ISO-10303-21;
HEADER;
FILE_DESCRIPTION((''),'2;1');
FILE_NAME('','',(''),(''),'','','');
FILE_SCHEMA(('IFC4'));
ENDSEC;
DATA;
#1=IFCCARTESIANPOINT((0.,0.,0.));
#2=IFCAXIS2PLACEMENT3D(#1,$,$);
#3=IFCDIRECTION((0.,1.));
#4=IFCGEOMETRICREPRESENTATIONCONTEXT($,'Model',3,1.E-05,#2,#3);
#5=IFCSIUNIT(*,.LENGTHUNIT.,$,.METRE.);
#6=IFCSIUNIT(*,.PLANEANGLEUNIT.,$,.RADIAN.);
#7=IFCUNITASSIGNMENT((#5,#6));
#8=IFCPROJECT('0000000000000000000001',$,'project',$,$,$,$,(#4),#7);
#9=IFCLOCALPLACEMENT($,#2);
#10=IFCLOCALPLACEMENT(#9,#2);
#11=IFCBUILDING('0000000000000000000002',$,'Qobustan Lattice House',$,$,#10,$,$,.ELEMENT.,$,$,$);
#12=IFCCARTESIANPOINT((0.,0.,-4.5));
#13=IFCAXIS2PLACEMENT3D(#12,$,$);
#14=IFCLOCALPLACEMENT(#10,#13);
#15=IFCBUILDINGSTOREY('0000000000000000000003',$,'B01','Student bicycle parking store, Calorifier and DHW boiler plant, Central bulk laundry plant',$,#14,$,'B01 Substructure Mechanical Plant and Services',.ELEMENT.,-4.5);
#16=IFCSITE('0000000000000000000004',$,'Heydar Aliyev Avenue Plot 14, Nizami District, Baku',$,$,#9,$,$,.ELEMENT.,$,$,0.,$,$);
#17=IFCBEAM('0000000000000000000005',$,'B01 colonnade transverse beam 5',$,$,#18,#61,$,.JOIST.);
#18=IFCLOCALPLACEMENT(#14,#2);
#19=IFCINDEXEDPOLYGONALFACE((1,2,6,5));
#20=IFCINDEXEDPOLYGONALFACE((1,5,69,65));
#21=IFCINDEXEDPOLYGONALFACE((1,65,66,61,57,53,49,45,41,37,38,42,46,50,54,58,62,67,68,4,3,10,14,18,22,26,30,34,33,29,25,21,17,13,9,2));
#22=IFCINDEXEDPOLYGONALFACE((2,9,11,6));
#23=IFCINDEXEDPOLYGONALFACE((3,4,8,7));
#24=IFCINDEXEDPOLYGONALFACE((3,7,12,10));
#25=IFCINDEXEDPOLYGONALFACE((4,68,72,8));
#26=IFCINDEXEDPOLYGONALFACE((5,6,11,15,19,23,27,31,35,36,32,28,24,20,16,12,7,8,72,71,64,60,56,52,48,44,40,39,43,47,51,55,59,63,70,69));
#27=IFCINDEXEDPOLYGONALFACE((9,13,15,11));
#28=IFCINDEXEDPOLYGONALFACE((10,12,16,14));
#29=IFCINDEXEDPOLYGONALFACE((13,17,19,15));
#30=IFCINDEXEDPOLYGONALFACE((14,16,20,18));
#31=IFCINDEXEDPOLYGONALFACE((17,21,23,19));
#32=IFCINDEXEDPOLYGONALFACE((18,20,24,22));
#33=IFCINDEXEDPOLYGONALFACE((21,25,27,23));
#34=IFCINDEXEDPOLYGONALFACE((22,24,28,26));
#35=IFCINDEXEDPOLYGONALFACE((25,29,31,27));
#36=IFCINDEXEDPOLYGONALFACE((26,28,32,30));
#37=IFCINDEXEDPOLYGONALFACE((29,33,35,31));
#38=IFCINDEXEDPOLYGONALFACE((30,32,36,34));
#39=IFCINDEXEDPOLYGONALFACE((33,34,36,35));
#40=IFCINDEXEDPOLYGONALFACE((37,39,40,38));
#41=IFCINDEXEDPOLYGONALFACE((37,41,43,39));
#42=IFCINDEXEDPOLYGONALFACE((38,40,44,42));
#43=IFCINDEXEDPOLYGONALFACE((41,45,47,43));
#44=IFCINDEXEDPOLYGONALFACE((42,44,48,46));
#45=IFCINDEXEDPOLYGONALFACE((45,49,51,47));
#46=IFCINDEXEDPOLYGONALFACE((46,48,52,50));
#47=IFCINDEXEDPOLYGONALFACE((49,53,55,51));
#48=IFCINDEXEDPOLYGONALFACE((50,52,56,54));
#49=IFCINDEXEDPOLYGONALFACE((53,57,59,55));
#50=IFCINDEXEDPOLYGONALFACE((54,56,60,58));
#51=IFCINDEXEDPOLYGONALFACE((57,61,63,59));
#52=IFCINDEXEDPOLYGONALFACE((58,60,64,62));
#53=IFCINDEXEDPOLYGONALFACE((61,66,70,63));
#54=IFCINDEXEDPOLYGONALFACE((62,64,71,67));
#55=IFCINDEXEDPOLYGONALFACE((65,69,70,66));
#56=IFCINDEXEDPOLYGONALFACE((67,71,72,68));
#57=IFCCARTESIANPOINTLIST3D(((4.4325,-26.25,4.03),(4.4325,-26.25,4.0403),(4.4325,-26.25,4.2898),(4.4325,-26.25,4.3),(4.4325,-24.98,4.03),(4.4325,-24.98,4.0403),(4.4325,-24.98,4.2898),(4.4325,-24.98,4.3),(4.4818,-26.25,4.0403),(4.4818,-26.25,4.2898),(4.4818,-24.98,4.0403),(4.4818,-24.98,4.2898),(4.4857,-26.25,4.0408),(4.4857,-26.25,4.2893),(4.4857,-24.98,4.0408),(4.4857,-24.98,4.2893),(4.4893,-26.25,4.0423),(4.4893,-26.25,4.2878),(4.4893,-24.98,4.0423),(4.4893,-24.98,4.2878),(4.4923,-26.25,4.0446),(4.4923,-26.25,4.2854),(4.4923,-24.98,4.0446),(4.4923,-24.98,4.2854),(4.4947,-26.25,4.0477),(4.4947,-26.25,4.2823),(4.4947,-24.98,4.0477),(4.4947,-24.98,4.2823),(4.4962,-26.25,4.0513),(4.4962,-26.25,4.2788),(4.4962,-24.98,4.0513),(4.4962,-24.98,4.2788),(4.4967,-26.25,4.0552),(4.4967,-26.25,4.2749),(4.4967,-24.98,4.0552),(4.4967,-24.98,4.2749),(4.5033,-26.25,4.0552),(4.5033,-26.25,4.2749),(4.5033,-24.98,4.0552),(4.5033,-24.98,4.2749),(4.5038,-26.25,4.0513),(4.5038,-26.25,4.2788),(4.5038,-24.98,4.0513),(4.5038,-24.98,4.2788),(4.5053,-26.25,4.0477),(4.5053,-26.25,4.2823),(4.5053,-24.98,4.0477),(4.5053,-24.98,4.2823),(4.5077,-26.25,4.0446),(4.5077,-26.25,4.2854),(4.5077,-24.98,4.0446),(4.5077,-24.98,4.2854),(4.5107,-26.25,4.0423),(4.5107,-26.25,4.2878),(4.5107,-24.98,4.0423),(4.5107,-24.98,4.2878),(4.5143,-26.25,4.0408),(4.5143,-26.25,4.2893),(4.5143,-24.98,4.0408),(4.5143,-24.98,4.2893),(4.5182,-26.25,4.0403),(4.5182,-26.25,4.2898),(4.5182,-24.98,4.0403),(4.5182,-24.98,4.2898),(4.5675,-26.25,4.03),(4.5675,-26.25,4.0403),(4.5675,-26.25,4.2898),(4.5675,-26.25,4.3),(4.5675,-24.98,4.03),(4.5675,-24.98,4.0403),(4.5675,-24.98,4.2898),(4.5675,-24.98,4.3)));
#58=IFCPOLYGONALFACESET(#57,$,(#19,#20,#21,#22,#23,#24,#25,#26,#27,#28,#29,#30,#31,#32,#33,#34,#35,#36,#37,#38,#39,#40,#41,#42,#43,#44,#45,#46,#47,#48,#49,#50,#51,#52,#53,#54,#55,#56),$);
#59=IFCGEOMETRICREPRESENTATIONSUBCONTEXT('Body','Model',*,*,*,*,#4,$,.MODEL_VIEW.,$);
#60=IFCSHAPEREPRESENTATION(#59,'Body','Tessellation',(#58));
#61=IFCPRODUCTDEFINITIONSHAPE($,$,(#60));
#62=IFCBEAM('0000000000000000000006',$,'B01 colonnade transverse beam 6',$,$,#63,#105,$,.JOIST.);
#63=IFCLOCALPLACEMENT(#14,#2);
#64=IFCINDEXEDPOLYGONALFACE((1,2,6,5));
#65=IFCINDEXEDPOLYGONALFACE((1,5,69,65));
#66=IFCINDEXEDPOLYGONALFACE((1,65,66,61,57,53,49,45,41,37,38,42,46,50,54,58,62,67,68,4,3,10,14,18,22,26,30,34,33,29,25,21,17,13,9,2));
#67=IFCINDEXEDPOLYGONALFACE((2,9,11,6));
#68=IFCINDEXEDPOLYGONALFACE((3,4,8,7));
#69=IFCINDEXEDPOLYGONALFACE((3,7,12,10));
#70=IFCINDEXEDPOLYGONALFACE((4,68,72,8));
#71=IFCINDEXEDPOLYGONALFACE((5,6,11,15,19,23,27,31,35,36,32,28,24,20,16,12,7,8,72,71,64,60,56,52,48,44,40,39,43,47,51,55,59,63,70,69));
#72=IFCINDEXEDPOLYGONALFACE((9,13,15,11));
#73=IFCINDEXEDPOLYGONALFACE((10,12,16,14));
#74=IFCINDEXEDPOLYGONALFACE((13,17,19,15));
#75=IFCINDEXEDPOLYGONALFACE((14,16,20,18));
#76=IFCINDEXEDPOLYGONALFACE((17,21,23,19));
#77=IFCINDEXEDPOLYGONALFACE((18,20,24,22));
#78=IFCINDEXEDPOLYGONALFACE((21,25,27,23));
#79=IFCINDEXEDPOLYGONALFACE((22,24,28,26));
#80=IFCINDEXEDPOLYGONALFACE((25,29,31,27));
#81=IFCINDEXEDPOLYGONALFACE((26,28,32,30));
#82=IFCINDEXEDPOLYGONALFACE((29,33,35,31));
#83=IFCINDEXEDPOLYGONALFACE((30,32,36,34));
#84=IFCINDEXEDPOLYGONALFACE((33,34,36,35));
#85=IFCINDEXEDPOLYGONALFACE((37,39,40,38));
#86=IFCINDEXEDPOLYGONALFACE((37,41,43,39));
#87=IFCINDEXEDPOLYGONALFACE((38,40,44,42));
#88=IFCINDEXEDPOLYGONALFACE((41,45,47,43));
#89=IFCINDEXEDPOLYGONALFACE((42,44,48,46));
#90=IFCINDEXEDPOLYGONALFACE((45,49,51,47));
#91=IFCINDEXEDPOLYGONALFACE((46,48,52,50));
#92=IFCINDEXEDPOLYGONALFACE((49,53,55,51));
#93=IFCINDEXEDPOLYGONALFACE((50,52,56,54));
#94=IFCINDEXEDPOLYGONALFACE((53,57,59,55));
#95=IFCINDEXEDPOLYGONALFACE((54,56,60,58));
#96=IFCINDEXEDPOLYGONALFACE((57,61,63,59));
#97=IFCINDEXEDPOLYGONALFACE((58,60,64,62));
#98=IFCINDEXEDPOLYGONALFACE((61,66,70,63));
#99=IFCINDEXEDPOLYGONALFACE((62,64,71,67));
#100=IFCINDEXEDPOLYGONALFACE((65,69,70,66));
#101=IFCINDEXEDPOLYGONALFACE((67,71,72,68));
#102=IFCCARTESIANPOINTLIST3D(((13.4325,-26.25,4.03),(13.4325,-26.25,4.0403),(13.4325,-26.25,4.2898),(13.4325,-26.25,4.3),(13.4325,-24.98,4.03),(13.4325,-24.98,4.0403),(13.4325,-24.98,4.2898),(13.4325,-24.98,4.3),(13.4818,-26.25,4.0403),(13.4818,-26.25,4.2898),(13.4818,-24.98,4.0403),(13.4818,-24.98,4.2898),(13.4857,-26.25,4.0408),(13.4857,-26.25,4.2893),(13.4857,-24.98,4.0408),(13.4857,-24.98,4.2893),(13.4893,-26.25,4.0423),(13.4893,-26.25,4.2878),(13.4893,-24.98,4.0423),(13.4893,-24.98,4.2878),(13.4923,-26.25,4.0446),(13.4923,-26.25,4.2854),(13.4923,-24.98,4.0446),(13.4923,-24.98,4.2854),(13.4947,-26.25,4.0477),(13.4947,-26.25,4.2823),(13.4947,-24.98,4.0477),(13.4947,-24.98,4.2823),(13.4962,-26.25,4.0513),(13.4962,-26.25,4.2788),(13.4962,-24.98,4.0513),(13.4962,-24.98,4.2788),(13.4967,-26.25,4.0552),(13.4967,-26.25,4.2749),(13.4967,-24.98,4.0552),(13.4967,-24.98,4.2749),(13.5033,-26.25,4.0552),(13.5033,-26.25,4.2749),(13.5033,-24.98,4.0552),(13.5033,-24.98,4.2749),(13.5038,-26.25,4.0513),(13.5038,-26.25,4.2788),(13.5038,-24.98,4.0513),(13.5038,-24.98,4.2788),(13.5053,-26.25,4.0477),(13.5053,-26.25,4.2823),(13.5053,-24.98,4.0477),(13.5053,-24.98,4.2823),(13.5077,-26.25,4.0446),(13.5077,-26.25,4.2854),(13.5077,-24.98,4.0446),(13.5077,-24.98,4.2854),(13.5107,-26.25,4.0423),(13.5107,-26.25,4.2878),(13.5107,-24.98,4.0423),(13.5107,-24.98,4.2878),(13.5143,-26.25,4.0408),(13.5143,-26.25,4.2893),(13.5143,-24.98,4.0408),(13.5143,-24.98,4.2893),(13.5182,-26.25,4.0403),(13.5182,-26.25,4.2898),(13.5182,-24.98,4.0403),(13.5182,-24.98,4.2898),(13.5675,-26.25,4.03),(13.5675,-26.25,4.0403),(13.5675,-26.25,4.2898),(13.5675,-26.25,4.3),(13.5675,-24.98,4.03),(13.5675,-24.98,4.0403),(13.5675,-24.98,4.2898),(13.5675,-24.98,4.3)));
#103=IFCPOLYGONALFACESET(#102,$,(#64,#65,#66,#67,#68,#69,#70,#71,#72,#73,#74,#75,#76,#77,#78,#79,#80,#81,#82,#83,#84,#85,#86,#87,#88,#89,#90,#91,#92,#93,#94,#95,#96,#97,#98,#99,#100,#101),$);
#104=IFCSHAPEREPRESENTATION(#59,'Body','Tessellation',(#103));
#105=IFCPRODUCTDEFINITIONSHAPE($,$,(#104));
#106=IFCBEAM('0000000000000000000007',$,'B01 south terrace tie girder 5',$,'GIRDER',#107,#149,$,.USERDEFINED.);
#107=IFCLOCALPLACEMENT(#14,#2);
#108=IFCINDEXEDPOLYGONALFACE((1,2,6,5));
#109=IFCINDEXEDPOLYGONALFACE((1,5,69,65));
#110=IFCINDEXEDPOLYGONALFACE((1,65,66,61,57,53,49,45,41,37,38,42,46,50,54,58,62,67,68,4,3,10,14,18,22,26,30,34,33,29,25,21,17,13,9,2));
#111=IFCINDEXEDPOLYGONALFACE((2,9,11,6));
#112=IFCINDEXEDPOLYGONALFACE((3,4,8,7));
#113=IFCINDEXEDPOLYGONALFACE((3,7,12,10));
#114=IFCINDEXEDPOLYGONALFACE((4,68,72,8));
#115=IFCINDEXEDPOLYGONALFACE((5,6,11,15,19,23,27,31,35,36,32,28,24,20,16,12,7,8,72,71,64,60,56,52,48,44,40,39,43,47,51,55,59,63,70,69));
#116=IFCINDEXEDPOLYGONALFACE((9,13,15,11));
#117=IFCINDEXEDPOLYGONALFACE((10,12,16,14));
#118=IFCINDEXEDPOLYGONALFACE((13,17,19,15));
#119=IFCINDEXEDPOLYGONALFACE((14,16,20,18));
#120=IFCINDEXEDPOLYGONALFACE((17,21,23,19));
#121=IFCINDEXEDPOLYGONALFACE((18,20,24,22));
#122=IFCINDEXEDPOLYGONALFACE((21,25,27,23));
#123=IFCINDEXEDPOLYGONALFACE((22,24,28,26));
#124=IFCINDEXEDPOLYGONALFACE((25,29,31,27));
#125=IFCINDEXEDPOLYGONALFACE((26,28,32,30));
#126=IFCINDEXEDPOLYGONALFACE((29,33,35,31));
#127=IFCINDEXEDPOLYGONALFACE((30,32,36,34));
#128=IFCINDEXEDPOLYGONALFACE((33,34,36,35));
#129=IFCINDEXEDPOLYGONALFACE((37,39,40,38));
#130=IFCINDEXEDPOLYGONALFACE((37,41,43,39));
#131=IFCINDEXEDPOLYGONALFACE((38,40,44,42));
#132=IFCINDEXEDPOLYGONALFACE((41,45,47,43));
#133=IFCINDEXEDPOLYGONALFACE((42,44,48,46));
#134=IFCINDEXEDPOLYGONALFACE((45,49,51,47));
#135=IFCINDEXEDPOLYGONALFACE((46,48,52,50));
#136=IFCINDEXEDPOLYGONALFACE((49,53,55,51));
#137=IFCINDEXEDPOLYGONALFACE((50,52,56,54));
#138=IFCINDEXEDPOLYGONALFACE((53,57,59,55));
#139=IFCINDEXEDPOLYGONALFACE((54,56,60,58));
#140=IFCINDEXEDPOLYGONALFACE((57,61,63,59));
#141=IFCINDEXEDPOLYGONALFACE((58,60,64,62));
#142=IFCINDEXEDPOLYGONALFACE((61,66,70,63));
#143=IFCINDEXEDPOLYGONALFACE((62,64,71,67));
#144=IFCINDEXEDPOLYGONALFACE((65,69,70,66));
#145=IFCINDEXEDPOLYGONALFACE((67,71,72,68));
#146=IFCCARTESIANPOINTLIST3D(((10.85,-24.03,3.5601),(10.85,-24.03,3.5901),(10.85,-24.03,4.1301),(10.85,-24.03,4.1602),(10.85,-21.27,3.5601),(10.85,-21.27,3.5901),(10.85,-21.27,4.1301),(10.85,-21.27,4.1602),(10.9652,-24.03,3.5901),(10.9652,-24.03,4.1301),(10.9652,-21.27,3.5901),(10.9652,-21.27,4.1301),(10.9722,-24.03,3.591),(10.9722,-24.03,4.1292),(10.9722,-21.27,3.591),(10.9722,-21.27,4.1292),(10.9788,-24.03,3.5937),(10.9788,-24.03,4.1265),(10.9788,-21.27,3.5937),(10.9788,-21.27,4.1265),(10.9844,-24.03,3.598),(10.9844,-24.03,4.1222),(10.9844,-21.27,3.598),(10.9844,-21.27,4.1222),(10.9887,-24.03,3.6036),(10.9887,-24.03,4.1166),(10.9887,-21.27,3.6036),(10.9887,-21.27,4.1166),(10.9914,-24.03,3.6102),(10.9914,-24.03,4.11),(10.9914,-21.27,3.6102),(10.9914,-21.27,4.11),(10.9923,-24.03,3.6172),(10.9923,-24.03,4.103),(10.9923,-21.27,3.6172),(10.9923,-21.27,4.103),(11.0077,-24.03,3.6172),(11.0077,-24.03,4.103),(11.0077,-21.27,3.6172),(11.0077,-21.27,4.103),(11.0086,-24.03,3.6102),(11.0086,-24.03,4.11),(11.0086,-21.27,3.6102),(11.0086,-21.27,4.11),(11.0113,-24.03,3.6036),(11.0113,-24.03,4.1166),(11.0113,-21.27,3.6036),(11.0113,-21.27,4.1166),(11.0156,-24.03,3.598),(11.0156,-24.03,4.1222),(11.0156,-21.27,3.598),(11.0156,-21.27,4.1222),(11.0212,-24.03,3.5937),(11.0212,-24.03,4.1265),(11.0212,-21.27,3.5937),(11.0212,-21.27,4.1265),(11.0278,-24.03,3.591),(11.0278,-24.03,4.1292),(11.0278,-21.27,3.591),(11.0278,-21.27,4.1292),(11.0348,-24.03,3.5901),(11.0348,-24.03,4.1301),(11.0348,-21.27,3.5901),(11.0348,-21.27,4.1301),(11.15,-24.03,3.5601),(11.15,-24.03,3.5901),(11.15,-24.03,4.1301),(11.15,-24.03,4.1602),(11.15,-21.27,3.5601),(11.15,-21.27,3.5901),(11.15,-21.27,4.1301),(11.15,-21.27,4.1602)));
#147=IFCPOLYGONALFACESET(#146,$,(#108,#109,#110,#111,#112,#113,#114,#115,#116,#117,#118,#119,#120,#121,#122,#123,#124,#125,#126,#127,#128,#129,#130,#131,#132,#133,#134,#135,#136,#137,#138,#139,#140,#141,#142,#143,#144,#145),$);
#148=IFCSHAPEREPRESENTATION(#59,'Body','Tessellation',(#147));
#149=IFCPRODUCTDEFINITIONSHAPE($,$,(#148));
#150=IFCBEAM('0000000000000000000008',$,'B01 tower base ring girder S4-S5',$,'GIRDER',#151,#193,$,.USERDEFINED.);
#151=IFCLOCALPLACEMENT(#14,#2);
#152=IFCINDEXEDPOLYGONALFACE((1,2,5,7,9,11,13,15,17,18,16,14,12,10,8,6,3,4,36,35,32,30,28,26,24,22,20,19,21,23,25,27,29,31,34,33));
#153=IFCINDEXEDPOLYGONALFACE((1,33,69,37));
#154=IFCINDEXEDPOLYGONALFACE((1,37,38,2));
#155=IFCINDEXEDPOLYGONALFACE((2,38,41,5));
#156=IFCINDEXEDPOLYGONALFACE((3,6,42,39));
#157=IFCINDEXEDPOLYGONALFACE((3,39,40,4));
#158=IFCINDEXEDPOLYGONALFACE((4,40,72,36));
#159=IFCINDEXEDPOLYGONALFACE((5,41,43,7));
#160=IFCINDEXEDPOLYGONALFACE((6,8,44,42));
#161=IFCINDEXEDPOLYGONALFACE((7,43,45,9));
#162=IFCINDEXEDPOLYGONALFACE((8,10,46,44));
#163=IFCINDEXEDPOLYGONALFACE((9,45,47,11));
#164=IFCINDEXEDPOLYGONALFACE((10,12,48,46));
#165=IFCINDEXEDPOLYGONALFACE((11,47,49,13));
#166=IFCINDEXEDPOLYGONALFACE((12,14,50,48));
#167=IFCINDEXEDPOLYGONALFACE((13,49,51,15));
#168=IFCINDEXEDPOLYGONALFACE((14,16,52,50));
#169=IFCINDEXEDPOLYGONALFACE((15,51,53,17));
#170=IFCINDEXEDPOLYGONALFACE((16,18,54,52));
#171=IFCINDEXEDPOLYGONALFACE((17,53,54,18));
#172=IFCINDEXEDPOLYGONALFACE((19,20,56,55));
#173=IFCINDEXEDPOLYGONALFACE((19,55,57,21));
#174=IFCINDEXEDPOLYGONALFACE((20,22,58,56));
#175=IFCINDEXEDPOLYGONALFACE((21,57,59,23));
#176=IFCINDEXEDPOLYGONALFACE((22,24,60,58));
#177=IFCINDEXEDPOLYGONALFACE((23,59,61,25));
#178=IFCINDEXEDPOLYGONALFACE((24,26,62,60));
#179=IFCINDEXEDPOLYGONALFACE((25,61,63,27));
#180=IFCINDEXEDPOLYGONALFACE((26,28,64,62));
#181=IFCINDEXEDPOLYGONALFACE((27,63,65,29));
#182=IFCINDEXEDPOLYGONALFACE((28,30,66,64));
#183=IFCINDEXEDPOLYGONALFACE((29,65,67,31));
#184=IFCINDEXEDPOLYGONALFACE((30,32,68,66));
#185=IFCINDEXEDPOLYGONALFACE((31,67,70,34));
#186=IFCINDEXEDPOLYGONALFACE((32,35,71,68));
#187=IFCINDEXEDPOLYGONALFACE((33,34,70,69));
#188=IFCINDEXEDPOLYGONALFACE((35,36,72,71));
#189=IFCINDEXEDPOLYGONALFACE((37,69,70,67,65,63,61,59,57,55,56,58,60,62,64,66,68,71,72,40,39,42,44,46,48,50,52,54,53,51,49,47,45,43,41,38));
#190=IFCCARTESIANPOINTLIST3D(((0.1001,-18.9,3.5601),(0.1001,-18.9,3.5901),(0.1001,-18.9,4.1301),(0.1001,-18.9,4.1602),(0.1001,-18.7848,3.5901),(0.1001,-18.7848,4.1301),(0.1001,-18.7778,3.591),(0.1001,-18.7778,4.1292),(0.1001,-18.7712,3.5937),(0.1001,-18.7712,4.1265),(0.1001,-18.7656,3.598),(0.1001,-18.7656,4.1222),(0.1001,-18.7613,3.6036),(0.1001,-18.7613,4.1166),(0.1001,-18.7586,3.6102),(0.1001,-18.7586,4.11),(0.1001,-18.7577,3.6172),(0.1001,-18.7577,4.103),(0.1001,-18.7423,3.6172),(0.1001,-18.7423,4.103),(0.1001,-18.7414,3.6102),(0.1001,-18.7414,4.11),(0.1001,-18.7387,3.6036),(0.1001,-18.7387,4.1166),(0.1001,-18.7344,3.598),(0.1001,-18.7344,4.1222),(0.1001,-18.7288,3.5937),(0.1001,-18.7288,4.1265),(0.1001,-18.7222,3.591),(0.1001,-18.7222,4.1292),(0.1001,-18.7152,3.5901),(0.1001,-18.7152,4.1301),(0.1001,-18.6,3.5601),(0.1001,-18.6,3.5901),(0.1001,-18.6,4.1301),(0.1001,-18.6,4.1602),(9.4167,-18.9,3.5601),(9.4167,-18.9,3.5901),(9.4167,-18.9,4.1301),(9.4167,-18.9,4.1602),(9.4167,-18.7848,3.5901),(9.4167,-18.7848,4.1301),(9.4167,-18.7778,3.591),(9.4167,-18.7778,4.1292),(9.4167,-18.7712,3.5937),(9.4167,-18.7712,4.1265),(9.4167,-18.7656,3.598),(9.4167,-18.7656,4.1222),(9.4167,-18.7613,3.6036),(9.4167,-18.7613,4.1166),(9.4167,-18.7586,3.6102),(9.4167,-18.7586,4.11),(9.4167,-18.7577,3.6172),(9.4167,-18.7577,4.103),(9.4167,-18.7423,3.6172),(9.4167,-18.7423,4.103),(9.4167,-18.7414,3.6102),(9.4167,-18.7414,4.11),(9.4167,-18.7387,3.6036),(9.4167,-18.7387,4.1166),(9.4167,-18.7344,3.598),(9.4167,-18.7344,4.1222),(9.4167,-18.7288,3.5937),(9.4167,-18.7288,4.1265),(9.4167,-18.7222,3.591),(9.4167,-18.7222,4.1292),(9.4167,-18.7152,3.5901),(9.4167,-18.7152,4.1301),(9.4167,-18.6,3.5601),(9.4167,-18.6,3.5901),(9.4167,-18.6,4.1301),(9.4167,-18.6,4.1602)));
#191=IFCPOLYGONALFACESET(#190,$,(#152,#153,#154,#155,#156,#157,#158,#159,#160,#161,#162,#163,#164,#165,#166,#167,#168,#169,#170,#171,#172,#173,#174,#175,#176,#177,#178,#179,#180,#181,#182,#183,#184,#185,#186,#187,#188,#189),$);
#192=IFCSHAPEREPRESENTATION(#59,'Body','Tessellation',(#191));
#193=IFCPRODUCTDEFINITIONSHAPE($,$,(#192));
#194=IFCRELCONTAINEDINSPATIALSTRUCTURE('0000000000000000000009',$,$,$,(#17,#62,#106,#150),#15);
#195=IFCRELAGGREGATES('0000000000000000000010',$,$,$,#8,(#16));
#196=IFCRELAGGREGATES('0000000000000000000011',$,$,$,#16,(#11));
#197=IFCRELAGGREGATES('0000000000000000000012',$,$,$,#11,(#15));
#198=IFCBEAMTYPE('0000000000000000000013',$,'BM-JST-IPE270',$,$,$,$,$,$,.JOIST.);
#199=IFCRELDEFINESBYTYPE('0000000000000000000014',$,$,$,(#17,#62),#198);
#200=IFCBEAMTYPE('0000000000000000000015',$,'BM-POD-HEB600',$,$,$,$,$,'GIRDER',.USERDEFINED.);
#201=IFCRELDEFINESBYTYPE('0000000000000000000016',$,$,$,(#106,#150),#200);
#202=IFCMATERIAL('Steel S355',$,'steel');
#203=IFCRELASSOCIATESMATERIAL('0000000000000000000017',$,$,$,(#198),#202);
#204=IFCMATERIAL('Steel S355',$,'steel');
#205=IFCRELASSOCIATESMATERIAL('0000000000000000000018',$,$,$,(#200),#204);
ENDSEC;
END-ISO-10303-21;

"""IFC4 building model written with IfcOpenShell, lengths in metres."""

from ifc_helpers import new_model, si_unit, direction, frame, origin, origin_2d, place, context, subcontext, project, spatial, i_section, extrude, material, material_profile, profile_set, type_object, element, save


model = new_model("IFC4")

# Units and contexts
model_context = context("Model", 3, precision=1e-05, world=origin(), true_north=direction((0.0, 1.0)))
body_context = subcontext(model_context, "Body", "Model", "MODEL_VIEW")
ifc_project = project(units=[si_unit("LENGTHUNIT", "METRE"), si_unit("PLANEANGLEUNIT", "RADIAN")], contexts=[model_context])

# Site, building, storey
site_placement = place(None, origin())
site = spatial("IfcSite", under=ifc_project, at=site_placement, Name="Heydar Aliyev Avenue Plot 14, Nizami District, Baku", CompositionType="ELEMENT", RefElevation=0.0)
building_placement = place(site_placement, origin())
building = spatial("IfcBuilding", under=site, at=building_placement, Name="Qobustan Lattice House", CompositionType="ELEMENT")
storey_placement = place(building_placement, frame((0.0, 0.0, -4.5)))
storey = spatial("IfcBuildingStorey", under=building, at=storey_placement, Name="B01", Description="Student bicycle parking store, Calorifier and DHW boiler plant, Central bulk laundry plant", LongName="B01 Substructure Mechanical Plant and Services", CompositionType="ELEMENT", Elevation=-4.5)

# Beams
ifc_material_1 = material(Name="Steel S355", Category="steel")
ifc_material_profile_1 = material_profile(ifc_material_1, i_section(OverallWidth=0.135, OverallDepth=0.27, WebThickness=0.0066, FlangeThickness=0.0103, FilletRadius=0.0149, at=origin_2d()), Name="IPE270")
ifc_profile_set_1 = profile_set([ifc_material_profile_1], Name="Steel S355")
beam_type_1 = type_object("IfcBeamType", Name="BM-JST-IPE270", PredefinedType="JOIST", material=ifc_profile_set_1)
for number, where, z_axis, x_axis, name in (
    (1, (4.5, -26.25, 4.165), (0.0, 1.0, 0.0), (-1.0, 0.0, 0.0), "B01 colonnade transverse beam 5"),
    (2, (13.5, -26.25, 4.165), (0.0, 1.0, 0.0), (-1.0, 0.0, 0.0), "B01 colonnade transverse beam 6"),
):
    element("IfcBeam", number, at=place(storey_placement, frame(where, z_axis=z_axis, x_axis=x_axis)), inside=storey, type_object=beam_type_1, Name=name, PredefinedType="JOIST", context=body_context, shape_type="SweptSolid", body=[
        extrude(i_section(OverallWidth=0.135, OverallDepth=0.27, WebThickness=0.0066, FlangeThickness=0.0103, FilletRadius=0.0149, at=origin_2d()), origin(), (0.0, 0.0, 1.0), 1.27),
    ])
ifc_material_2 = material(Name="Steel S355", Category="steel")
ifc_material_profile_2 = material_profile(ifc_material_2, i_section(OverallWidth=0.3, OverallDepth=0.6001, WebThickness=0.0154, FlangeThickness=0.03, FilletRadius=0.0271, at=origin_2d()), Name="HEB600")
ifc_profile_set_2 = profile_set([ifc_material_profile_2], Name="Steel S355")
beam_type_2 = type_object("IfcBeamType", Name="BM-POD-HEB600", ElementType="GIRDER", PredefinedType="USERDEFINED", material=ifc_profile_set_2)
beam_1_placement = place(storey_placement, frame((11.0, -24.03, 3.8601), z_axis=(0.0, 1.0, 0.0), x_axis=(-1.0, 0.0, 0.0)))
element("IfcBeam", 3, at=beam_1_placement, inside=storey, type_object=beam_type_2, Name="B01 south terrace tie girder 5", ObjectType="GIRDER", PredefinedType="USERDEFINED", context=body_context, shape_type="SweptSolid", body=[
    extrude(i_section(OverallWidth=0.3, OverallDepth=0.6001, WebThickness=0.0154, FlangeThickness=0.03, FilletRadius=0.0271, at=origin_2d()), origin(), (0.0, 0.0, 1.0), 2.76),
])
for number, where, z_axis, x_axis, name in (
    (4, (0.1001, -18.75, 3.8601), (1.0, 0.0, 0.0), (0.0, 1.0, 0.0), "B01 tower base ring girder S4-S5"),
):
    element("IfcBeam", number, at=place(storey_placement, frame(where, z_axis=z_axis, x_axis=x_axis)), inside=storey, type_object=beam_type_2, Name=name, ObjectType="GIRDER", PredefinedType="USERDEFINED", context=body_context, shape_type="SweptSolid", body=[
        extrude(i_section(OverallWidth=0.3, OverallDepth=0.6001, WebThickness=0.0154, FlangeThickness=0.03, FilletRadius=0.0271, at=origin_2d()), origin(), (0.0, 0.0, 1.0), 9.3167),
    ])

save(model, "model.ifc")
